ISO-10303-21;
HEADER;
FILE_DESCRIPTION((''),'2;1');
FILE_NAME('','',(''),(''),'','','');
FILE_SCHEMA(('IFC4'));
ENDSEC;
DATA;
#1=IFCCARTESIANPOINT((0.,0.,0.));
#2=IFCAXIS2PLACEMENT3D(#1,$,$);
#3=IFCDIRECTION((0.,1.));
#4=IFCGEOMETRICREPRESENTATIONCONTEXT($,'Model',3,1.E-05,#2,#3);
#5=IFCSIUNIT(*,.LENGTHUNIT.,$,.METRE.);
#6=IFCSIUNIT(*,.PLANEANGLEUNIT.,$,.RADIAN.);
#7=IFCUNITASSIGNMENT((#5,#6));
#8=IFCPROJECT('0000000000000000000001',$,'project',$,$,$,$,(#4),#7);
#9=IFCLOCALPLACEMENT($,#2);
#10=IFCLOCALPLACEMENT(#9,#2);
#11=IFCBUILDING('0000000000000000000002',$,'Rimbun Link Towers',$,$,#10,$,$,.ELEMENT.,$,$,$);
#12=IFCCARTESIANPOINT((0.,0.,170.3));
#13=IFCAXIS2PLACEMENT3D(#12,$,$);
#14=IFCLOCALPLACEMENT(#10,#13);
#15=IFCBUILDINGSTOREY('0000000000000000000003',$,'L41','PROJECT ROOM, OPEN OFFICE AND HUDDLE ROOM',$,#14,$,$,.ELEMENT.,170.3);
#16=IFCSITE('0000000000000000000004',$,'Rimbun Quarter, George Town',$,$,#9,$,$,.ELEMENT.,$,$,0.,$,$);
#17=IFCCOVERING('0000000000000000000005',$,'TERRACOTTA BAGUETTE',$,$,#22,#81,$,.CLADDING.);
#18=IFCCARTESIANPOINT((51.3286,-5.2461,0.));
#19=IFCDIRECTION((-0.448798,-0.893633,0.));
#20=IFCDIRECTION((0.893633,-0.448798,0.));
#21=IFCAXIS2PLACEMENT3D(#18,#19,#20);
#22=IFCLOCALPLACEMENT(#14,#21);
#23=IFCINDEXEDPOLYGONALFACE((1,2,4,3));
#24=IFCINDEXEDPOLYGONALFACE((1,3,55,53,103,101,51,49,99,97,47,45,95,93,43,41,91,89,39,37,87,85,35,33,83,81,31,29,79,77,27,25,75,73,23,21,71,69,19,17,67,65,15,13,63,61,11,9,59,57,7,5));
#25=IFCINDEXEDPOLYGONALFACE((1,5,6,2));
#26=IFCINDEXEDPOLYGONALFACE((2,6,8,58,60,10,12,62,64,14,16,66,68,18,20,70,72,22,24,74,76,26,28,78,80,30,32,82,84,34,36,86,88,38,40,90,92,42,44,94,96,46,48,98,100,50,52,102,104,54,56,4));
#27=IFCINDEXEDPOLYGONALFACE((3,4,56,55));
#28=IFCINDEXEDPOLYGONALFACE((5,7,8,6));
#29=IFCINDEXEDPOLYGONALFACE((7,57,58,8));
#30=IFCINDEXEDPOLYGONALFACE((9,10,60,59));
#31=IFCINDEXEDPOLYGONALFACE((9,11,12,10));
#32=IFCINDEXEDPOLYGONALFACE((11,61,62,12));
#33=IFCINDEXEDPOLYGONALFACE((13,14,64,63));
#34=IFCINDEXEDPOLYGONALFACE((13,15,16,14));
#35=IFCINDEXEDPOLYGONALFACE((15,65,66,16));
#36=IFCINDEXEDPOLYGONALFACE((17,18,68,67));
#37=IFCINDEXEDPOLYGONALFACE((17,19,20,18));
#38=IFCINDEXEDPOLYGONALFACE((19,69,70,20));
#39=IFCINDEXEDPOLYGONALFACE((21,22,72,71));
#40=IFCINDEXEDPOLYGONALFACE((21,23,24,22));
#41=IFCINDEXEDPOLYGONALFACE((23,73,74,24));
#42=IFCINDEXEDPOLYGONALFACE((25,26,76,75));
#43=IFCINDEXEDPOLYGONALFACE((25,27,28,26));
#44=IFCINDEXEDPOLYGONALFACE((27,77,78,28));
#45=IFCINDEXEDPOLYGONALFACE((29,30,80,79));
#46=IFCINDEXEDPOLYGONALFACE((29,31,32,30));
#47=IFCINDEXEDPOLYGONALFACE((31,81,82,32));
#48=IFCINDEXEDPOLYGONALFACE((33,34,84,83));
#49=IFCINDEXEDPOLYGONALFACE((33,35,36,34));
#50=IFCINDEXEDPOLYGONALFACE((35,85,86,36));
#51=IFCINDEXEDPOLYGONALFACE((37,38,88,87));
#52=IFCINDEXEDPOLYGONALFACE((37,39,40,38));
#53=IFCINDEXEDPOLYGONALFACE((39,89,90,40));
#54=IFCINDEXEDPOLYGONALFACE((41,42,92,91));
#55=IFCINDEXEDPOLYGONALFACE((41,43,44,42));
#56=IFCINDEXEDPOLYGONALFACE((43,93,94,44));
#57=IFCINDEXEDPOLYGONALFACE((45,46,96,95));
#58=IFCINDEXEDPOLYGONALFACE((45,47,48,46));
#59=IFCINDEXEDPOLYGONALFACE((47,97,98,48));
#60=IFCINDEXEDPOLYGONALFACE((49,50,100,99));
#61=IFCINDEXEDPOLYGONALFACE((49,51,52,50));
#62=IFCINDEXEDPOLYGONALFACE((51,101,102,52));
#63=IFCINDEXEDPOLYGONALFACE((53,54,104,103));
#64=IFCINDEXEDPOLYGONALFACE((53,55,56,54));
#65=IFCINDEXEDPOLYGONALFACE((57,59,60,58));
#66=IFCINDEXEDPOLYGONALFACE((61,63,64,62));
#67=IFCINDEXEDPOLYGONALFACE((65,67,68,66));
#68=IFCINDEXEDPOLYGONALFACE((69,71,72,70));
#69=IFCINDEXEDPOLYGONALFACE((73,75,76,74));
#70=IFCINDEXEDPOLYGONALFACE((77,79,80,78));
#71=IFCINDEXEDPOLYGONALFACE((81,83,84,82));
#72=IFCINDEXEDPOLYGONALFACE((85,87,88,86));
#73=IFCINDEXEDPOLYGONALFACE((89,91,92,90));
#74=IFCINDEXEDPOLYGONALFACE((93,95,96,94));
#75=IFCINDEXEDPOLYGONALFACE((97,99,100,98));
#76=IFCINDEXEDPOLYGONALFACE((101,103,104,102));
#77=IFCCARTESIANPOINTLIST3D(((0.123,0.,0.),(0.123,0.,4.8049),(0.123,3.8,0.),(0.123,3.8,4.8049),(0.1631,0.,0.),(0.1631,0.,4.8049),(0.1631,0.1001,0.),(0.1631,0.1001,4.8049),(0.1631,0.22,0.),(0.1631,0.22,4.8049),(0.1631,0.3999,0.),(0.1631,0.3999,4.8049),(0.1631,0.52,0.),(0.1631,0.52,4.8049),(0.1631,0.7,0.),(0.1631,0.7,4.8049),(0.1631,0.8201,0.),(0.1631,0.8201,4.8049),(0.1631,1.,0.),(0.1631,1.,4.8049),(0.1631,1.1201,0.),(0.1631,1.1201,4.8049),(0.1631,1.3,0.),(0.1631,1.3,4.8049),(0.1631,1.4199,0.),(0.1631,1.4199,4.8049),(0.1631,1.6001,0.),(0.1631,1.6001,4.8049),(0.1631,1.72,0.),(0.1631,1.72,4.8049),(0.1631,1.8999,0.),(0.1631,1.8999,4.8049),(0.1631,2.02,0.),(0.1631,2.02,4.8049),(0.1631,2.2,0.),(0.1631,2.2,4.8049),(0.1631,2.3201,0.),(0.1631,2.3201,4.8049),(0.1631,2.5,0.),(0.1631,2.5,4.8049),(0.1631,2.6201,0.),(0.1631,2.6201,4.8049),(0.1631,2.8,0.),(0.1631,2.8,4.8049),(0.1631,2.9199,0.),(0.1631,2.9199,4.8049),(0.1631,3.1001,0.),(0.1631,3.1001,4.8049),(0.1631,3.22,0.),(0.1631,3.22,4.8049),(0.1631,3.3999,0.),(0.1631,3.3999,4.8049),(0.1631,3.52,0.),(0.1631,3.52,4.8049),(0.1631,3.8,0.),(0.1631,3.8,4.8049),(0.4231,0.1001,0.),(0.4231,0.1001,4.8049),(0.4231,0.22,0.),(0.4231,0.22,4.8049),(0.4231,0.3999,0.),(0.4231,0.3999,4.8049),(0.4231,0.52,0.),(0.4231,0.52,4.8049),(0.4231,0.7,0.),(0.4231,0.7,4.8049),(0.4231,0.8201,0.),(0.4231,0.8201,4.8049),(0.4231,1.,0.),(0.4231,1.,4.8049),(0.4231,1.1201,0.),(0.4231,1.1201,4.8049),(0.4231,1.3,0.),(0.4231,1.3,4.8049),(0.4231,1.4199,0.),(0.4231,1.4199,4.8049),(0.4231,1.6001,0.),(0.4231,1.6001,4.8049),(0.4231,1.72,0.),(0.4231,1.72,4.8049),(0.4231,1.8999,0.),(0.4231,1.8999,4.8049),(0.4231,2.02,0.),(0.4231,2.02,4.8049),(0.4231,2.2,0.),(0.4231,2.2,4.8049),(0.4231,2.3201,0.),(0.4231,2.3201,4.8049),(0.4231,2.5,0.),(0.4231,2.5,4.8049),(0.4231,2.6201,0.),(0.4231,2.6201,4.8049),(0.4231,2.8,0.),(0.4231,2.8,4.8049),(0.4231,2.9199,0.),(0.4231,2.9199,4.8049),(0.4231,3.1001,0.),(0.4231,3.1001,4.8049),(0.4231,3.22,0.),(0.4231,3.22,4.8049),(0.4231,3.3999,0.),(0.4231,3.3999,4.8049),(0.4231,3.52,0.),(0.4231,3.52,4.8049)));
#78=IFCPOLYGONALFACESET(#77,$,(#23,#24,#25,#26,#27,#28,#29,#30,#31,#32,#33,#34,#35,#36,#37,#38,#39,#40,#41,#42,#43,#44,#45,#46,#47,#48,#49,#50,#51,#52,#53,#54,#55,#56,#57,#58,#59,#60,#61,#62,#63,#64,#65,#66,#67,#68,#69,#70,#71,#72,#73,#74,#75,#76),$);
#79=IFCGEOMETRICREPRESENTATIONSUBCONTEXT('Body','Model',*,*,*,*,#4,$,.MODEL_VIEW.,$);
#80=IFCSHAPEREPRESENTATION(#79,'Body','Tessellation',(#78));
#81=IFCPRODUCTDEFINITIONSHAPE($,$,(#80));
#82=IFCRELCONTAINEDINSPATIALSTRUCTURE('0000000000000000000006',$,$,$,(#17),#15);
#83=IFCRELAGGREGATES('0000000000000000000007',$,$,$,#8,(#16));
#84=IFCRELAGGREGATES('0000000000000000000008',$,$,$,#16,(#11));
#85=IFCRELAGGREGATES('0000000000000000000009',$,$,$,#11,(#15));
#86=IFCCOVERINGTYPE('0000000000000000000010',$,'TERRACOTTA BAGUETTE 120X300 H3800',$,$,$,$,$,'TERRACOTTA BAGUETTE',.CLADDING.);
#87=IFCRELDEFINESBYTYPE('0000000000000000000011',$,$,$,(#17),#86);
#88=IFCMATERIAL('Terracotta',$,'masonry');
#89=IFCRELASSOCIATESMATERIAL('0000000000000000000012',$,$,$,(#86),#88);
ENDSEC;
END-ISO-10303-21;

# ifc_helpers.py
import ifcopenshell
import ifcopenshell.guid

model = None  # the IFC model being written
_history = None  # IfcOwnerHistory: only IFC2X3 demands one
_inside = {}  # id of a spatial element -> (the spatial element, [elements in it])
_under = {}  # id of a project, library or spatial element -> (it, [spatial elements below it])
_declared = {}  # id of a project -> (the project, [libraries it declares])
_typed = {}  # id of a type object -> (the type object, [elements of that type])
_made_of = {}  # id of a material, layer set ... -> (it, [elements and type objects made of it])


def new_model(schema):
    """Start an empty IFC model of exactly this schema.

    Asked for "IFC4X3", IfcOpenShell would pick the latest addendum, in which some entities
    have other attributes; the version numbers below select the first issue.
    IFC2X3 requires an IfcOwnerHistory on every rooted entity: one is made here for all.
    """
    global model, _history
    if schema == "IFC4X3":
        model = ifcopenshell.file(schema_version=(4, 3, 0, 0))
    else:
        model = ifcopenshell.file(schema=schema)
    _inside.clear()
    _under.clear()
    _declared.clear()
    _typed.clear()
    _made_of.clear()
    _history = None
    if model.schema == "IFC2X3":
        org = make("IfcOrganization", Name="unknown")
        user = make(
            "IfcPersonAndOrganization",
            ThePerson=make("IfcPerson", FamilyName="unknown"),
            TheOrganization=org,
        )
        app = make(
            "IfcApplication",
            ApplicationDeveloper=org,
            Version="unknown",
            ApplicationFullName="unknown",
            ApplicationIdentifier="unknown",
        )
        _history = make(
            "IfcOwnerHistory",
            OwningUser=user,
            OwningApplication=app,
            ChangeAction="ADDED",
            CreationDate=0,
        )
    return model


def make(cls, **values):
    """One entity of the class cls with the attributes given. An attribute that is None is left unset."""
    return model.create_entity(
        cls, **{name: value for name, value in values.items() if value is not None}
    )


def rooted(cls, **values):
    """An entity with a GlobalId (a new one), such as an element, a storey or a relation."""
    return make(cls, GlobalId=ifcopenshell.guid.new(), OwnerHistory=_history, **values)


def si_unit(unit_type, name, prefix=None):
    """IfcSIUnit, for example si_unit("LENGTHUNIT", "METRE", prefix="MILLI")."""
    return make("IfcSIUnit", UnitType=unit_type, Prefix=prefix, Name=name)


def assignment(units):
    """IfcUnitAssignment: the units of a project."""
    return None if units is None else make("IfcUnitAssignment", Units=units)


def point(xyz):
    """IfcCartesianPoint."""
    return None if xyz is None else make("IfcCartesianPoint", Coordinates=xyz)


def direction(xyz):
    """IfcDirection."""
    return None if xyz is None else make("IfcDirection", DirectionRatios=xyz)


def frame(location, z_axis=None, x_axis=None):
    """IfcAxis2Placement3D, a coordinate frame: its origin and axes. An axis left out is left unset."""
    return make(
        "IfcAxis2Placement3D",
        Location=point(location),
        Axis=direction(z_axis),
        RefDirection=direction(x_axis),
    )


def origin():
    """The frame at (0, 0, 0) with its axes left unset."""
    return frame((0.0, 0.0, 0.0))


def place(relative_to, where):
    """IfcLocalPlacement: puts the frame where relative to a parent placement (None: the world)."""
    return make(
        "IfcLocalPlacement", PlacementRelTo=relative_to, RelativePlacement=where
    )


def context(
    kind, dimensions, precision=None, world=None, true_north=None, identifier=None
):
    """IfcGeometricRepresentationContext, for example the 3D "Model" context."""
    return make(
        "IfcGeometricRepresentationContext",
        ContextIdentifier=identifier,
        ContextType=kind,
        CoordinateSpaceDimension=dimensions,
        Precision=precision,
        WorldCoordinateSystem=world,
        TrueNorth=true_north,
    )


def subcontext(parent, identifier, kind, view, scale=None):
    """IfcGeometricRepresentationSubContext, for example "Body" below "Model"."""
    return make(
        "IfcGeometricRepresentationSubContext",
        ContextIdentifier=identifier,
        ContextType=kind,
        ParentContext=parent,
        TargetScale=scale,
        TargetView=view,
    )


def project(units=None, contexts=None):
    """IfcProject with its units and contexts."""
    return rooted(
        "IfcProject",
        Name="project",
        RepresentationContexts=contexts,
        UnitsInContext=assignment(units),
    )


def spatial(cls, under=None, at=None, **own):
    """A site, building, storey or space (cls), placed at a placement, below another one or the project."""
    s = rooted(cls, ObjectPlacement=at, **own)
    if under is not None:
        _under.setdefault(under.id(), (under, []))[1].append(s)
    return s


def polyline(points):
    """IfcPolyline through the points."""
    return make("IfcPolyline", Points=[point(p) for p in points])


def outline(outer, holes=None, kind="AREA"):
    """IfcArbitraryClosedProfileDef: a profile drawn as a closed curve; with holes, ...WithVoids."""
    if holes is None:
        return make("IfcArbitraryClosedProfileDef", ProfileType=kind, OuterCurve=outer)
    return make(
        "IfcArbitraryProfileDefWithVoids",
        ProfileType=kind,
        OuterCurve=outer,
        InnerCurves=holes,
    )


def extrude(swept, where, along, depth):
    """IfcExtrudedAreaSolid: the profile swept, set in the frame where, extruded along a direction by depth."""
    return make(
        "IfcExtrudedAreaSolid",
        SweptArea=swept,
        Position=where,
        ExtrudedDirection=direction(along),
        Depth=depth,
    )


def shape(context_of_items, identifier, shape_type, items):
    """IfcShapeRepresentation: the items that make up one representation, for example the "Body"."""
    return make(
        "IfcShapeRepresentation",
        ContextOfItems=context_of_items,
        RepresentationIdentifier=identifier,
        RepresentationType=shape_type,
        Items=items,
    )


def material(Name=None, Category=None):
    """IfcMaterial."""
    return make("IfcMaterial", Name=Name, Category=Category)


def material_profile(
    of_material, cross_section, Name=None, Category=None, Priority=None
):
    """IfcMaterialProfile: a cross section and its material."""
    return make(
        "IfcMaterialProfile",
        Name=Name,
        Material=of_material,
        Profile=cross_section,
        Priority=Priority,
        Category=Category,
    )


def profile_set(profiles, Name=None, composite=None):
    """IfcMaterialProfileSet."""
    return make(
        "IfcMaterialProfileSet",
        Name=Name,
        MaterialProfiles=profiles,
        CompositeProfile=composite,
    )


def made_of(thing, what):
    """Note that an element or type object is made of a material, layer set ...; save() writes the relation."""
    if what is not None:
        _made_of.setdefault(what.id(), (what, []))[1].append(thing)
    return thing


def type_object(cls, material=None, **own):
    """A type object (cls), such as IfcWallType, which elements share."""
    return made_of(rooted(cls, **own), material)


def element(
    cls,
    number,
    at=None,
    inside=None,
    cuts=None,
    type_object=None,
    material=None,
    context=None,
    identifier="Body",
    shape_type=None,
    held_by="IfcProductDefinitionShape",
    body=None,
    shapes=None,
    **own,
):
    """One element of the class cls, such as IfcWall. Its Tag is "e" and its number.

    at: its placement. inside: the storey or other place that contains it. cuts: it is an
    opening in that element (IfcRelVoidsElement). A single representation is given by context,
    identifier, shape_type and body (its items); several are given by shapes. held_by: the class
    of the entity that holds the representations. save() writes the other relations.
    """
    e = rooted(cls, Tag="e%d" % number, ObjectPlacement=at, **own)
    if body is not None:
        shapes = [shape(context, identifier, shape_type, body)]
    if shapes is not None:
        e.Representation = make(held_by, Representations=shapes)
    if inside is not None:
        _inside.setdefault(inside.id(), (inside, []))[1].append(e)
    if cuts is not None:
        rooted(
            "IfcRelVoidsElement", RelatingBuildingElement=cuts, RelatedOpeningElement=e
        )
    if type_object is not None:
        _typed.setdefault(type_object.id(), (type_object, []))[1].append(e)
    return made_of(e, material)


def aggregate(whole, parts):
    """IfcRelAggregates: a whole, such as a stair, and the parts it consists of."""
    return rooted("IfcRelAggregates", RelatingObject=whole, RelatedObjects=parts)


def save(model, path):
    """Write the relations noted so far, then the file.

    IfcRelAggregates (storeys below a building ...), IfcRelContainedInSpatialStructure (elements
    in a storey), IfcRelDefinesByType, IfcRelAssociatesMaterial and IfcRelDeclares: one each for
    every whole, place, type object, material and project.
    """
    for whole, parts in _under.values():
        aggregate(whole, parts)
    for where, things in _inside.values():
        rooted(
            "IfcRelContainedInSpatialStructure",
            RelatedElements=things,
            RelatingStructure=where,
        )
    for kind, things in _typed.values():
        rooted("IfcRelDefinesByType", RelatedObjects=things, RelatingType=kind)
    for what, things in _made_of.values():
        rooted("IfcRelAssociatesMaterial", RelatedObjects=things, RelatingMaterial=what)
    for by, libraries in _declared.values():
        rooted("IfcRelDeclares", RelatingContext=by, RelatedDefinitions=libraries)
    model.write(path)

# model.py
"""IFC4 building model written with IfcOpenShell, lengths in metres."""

from ifc_helpers import new_model, si_unit, direction, frame, origin, place, context, subcontext, project, spatial, polyline, outline, extrude, material, material_profile, profile_set, type_object, element, save


model = new_model("IFC4")

# Units and contexts
model_context = context("Model", 3, precision=1e-05, world=origin(), true_north=direction((0.0, 1.0)))
body_context = subcontext(model_context, "Body", "Model", "MODEL_VIEW")
ifc_project = project(units=[si_unit("LENGTHUNIT", "METRE"), si_unit("PLANEANGLEUNIT", "RADIAN")], contexts=[model_context])

# Site, building, storey
site_placement = place(None, origin())
site = spatial("IfcSite", under=ifc_project, at=site_placement, Name="Rimbun Quarter, George Town", CompositionType="ELEMENT", RefElevation=0.0)
building_placement = place(site_placement, origin())
building = spatial("IfcBuilding", under=site, at=building_placement, Name="Rimbun Link Towers", CompositionType="ELEMENT")
storey_placement = place(building_placement, frame((0.0, 0.0, 170.3)))
storey = spatial("IfcBuildingStorey", under=building, at=storey_placement, Name="L41", Description="PROJECT ROOM, OPEN OFFICE AND HUDDLE ROOM", CompositionType="ELEMENT", Elevation=170.3)

# Covering
ifc_material_1 = material(Name="Terracotta", Category="masonry")
ifc_material_profile_1 = material_profile(ifc_material_1, outline(polyline([(0.123, 0.0), (0.1631, 0.0), (0.1631, 0.1001), (0.4231, 0.1001), (0.4231, 0.22), (0.1631, 0.22), (0.1631, 0.3999), (0.4231, 0.3999), (0.4231, 0.52), (0.1631, 0.52), (0.1631, 0.7), (0.4231, 0.7), (0.4231, 0.8201), (0.1631, 0.8201), (0.1631, 1.0), (0.4231, 1.0), (0.4231, 1.1201), (0.1631, 1.1201), (0.1631, 1.3), (0.4231, 1.3), (0.4231, 1.4199), (0.1631, 1.4199), (0.1631, 1.6001), (0.4231, 1.6001), (0.4231, 1.72), (0.1631, 1.72), (0.1631, 1.8999), (0.4231, 1.8999), (0.4231, 2.02), (0.1631, 2.02), (0.1631, 2.2), (0.4231, 2.2), (0.4231, 2.3201), (0.1631, 2.3201), (0.1631, 2.5), (0.4231, 2.5), (0.4231, 2.6201), (0.1631, 2.6201), (0.1631, 2.8), (0.4231, 2.8), (0.4231, 2.9199), (0.1631, 2.9199), (0.1631, 3.1001), (0.4231, 3.1001), (0.4231, 3.22), (0.1631, 3.22), (0.1631, 3.3999), (0.4231, 3.3999), (0.4231, 3.52), (0.1631, 3.52), (0.1631, 3.8), (0.123, 3.8), (0.123, 0.0)])), Name="BAGUETTE 120X300")
ifc_profile_set_1 = profile_set([ifc_material_profile_1], Name="Terracotta")
covering_type = type_object("IfcCoveringType", Name="TERRACOTTA BAGUETTE 120X300 H3800", ElementType="TERRACOTTA BAGUETTE", PredefinedType="CLADDING", material=ifc_profile_set_1)
covering_placement = place(storey_placement, frame((51.3286, -5.2461, 0.0), z_axis=(-0.448798, -0.893633, 0.0), x_axis=(0.893633, -0.448798, 0.0)))
element("IfcCovering", 1, at=covering_placement, inside=storey, type_object=covering_type, Name="TERRACOTTA BAGUETTE", PredefinedType="CLADDING", context=body_context, shape_type="SweptSolid", body=[
    extrude(outline(polyline([(0.123, 0.0), (0.1631, 0.0), (0.1631, 0.1001), (0.4231, 0.1001), (0.4231, 0.22), (0.1631, 0.22), (0.1631, 0.3999), (0.4231, 0.3999), (0.4231, 0.52), (0.1631, 0.52), (0.1631, 0.7), (0.4231, 0.7), (0.4231, 0.8201), (0.1631, 0.8201), (0.1631, 1.0), (0.4231, 1.0), (0.4231, 1.1201), (0.1631, 1.1201), (0.1631, 1.3), (0.4231, 1.3), (0.4231, 1.4199), (0.1631, 1.4199), (0.1631, 1.6001), (0.4231, 1.6001), (0.4231, 1.72), (0.1631, 1.72), (0.1631, 1.8999), (0.4231, 1.8999), (0.4231, 2.02), (0.1631, 2.02), (0.1631, 2.2), (0.4231, 2.2), (0.4231, 2.3201), (0.1631, 2.3201), (0.1631, 2.5), (0.4231, 2.5), (0.4231, 2.6201), (0.1631, 2.6201), (0.1631, 2.8), (0.4231, 2.8), (0.4231, 2.9199), (0.1631, 2.9199), (0.1631, 3.1001), (0.4231, 3.1001), (0.4231, 3.22), (0.1631, 3.22), (0.1631, 3.3999), (0.4231, 3.3999), (0.4231, 3.52), (0.1631, 3.52), (0.1631, 3.8), (0.123, 3.8), (0.123, 0.0)])), origin(), (0.0, 0.0, 1.0), 4.8049),
])

save(model, "model.ifc")
